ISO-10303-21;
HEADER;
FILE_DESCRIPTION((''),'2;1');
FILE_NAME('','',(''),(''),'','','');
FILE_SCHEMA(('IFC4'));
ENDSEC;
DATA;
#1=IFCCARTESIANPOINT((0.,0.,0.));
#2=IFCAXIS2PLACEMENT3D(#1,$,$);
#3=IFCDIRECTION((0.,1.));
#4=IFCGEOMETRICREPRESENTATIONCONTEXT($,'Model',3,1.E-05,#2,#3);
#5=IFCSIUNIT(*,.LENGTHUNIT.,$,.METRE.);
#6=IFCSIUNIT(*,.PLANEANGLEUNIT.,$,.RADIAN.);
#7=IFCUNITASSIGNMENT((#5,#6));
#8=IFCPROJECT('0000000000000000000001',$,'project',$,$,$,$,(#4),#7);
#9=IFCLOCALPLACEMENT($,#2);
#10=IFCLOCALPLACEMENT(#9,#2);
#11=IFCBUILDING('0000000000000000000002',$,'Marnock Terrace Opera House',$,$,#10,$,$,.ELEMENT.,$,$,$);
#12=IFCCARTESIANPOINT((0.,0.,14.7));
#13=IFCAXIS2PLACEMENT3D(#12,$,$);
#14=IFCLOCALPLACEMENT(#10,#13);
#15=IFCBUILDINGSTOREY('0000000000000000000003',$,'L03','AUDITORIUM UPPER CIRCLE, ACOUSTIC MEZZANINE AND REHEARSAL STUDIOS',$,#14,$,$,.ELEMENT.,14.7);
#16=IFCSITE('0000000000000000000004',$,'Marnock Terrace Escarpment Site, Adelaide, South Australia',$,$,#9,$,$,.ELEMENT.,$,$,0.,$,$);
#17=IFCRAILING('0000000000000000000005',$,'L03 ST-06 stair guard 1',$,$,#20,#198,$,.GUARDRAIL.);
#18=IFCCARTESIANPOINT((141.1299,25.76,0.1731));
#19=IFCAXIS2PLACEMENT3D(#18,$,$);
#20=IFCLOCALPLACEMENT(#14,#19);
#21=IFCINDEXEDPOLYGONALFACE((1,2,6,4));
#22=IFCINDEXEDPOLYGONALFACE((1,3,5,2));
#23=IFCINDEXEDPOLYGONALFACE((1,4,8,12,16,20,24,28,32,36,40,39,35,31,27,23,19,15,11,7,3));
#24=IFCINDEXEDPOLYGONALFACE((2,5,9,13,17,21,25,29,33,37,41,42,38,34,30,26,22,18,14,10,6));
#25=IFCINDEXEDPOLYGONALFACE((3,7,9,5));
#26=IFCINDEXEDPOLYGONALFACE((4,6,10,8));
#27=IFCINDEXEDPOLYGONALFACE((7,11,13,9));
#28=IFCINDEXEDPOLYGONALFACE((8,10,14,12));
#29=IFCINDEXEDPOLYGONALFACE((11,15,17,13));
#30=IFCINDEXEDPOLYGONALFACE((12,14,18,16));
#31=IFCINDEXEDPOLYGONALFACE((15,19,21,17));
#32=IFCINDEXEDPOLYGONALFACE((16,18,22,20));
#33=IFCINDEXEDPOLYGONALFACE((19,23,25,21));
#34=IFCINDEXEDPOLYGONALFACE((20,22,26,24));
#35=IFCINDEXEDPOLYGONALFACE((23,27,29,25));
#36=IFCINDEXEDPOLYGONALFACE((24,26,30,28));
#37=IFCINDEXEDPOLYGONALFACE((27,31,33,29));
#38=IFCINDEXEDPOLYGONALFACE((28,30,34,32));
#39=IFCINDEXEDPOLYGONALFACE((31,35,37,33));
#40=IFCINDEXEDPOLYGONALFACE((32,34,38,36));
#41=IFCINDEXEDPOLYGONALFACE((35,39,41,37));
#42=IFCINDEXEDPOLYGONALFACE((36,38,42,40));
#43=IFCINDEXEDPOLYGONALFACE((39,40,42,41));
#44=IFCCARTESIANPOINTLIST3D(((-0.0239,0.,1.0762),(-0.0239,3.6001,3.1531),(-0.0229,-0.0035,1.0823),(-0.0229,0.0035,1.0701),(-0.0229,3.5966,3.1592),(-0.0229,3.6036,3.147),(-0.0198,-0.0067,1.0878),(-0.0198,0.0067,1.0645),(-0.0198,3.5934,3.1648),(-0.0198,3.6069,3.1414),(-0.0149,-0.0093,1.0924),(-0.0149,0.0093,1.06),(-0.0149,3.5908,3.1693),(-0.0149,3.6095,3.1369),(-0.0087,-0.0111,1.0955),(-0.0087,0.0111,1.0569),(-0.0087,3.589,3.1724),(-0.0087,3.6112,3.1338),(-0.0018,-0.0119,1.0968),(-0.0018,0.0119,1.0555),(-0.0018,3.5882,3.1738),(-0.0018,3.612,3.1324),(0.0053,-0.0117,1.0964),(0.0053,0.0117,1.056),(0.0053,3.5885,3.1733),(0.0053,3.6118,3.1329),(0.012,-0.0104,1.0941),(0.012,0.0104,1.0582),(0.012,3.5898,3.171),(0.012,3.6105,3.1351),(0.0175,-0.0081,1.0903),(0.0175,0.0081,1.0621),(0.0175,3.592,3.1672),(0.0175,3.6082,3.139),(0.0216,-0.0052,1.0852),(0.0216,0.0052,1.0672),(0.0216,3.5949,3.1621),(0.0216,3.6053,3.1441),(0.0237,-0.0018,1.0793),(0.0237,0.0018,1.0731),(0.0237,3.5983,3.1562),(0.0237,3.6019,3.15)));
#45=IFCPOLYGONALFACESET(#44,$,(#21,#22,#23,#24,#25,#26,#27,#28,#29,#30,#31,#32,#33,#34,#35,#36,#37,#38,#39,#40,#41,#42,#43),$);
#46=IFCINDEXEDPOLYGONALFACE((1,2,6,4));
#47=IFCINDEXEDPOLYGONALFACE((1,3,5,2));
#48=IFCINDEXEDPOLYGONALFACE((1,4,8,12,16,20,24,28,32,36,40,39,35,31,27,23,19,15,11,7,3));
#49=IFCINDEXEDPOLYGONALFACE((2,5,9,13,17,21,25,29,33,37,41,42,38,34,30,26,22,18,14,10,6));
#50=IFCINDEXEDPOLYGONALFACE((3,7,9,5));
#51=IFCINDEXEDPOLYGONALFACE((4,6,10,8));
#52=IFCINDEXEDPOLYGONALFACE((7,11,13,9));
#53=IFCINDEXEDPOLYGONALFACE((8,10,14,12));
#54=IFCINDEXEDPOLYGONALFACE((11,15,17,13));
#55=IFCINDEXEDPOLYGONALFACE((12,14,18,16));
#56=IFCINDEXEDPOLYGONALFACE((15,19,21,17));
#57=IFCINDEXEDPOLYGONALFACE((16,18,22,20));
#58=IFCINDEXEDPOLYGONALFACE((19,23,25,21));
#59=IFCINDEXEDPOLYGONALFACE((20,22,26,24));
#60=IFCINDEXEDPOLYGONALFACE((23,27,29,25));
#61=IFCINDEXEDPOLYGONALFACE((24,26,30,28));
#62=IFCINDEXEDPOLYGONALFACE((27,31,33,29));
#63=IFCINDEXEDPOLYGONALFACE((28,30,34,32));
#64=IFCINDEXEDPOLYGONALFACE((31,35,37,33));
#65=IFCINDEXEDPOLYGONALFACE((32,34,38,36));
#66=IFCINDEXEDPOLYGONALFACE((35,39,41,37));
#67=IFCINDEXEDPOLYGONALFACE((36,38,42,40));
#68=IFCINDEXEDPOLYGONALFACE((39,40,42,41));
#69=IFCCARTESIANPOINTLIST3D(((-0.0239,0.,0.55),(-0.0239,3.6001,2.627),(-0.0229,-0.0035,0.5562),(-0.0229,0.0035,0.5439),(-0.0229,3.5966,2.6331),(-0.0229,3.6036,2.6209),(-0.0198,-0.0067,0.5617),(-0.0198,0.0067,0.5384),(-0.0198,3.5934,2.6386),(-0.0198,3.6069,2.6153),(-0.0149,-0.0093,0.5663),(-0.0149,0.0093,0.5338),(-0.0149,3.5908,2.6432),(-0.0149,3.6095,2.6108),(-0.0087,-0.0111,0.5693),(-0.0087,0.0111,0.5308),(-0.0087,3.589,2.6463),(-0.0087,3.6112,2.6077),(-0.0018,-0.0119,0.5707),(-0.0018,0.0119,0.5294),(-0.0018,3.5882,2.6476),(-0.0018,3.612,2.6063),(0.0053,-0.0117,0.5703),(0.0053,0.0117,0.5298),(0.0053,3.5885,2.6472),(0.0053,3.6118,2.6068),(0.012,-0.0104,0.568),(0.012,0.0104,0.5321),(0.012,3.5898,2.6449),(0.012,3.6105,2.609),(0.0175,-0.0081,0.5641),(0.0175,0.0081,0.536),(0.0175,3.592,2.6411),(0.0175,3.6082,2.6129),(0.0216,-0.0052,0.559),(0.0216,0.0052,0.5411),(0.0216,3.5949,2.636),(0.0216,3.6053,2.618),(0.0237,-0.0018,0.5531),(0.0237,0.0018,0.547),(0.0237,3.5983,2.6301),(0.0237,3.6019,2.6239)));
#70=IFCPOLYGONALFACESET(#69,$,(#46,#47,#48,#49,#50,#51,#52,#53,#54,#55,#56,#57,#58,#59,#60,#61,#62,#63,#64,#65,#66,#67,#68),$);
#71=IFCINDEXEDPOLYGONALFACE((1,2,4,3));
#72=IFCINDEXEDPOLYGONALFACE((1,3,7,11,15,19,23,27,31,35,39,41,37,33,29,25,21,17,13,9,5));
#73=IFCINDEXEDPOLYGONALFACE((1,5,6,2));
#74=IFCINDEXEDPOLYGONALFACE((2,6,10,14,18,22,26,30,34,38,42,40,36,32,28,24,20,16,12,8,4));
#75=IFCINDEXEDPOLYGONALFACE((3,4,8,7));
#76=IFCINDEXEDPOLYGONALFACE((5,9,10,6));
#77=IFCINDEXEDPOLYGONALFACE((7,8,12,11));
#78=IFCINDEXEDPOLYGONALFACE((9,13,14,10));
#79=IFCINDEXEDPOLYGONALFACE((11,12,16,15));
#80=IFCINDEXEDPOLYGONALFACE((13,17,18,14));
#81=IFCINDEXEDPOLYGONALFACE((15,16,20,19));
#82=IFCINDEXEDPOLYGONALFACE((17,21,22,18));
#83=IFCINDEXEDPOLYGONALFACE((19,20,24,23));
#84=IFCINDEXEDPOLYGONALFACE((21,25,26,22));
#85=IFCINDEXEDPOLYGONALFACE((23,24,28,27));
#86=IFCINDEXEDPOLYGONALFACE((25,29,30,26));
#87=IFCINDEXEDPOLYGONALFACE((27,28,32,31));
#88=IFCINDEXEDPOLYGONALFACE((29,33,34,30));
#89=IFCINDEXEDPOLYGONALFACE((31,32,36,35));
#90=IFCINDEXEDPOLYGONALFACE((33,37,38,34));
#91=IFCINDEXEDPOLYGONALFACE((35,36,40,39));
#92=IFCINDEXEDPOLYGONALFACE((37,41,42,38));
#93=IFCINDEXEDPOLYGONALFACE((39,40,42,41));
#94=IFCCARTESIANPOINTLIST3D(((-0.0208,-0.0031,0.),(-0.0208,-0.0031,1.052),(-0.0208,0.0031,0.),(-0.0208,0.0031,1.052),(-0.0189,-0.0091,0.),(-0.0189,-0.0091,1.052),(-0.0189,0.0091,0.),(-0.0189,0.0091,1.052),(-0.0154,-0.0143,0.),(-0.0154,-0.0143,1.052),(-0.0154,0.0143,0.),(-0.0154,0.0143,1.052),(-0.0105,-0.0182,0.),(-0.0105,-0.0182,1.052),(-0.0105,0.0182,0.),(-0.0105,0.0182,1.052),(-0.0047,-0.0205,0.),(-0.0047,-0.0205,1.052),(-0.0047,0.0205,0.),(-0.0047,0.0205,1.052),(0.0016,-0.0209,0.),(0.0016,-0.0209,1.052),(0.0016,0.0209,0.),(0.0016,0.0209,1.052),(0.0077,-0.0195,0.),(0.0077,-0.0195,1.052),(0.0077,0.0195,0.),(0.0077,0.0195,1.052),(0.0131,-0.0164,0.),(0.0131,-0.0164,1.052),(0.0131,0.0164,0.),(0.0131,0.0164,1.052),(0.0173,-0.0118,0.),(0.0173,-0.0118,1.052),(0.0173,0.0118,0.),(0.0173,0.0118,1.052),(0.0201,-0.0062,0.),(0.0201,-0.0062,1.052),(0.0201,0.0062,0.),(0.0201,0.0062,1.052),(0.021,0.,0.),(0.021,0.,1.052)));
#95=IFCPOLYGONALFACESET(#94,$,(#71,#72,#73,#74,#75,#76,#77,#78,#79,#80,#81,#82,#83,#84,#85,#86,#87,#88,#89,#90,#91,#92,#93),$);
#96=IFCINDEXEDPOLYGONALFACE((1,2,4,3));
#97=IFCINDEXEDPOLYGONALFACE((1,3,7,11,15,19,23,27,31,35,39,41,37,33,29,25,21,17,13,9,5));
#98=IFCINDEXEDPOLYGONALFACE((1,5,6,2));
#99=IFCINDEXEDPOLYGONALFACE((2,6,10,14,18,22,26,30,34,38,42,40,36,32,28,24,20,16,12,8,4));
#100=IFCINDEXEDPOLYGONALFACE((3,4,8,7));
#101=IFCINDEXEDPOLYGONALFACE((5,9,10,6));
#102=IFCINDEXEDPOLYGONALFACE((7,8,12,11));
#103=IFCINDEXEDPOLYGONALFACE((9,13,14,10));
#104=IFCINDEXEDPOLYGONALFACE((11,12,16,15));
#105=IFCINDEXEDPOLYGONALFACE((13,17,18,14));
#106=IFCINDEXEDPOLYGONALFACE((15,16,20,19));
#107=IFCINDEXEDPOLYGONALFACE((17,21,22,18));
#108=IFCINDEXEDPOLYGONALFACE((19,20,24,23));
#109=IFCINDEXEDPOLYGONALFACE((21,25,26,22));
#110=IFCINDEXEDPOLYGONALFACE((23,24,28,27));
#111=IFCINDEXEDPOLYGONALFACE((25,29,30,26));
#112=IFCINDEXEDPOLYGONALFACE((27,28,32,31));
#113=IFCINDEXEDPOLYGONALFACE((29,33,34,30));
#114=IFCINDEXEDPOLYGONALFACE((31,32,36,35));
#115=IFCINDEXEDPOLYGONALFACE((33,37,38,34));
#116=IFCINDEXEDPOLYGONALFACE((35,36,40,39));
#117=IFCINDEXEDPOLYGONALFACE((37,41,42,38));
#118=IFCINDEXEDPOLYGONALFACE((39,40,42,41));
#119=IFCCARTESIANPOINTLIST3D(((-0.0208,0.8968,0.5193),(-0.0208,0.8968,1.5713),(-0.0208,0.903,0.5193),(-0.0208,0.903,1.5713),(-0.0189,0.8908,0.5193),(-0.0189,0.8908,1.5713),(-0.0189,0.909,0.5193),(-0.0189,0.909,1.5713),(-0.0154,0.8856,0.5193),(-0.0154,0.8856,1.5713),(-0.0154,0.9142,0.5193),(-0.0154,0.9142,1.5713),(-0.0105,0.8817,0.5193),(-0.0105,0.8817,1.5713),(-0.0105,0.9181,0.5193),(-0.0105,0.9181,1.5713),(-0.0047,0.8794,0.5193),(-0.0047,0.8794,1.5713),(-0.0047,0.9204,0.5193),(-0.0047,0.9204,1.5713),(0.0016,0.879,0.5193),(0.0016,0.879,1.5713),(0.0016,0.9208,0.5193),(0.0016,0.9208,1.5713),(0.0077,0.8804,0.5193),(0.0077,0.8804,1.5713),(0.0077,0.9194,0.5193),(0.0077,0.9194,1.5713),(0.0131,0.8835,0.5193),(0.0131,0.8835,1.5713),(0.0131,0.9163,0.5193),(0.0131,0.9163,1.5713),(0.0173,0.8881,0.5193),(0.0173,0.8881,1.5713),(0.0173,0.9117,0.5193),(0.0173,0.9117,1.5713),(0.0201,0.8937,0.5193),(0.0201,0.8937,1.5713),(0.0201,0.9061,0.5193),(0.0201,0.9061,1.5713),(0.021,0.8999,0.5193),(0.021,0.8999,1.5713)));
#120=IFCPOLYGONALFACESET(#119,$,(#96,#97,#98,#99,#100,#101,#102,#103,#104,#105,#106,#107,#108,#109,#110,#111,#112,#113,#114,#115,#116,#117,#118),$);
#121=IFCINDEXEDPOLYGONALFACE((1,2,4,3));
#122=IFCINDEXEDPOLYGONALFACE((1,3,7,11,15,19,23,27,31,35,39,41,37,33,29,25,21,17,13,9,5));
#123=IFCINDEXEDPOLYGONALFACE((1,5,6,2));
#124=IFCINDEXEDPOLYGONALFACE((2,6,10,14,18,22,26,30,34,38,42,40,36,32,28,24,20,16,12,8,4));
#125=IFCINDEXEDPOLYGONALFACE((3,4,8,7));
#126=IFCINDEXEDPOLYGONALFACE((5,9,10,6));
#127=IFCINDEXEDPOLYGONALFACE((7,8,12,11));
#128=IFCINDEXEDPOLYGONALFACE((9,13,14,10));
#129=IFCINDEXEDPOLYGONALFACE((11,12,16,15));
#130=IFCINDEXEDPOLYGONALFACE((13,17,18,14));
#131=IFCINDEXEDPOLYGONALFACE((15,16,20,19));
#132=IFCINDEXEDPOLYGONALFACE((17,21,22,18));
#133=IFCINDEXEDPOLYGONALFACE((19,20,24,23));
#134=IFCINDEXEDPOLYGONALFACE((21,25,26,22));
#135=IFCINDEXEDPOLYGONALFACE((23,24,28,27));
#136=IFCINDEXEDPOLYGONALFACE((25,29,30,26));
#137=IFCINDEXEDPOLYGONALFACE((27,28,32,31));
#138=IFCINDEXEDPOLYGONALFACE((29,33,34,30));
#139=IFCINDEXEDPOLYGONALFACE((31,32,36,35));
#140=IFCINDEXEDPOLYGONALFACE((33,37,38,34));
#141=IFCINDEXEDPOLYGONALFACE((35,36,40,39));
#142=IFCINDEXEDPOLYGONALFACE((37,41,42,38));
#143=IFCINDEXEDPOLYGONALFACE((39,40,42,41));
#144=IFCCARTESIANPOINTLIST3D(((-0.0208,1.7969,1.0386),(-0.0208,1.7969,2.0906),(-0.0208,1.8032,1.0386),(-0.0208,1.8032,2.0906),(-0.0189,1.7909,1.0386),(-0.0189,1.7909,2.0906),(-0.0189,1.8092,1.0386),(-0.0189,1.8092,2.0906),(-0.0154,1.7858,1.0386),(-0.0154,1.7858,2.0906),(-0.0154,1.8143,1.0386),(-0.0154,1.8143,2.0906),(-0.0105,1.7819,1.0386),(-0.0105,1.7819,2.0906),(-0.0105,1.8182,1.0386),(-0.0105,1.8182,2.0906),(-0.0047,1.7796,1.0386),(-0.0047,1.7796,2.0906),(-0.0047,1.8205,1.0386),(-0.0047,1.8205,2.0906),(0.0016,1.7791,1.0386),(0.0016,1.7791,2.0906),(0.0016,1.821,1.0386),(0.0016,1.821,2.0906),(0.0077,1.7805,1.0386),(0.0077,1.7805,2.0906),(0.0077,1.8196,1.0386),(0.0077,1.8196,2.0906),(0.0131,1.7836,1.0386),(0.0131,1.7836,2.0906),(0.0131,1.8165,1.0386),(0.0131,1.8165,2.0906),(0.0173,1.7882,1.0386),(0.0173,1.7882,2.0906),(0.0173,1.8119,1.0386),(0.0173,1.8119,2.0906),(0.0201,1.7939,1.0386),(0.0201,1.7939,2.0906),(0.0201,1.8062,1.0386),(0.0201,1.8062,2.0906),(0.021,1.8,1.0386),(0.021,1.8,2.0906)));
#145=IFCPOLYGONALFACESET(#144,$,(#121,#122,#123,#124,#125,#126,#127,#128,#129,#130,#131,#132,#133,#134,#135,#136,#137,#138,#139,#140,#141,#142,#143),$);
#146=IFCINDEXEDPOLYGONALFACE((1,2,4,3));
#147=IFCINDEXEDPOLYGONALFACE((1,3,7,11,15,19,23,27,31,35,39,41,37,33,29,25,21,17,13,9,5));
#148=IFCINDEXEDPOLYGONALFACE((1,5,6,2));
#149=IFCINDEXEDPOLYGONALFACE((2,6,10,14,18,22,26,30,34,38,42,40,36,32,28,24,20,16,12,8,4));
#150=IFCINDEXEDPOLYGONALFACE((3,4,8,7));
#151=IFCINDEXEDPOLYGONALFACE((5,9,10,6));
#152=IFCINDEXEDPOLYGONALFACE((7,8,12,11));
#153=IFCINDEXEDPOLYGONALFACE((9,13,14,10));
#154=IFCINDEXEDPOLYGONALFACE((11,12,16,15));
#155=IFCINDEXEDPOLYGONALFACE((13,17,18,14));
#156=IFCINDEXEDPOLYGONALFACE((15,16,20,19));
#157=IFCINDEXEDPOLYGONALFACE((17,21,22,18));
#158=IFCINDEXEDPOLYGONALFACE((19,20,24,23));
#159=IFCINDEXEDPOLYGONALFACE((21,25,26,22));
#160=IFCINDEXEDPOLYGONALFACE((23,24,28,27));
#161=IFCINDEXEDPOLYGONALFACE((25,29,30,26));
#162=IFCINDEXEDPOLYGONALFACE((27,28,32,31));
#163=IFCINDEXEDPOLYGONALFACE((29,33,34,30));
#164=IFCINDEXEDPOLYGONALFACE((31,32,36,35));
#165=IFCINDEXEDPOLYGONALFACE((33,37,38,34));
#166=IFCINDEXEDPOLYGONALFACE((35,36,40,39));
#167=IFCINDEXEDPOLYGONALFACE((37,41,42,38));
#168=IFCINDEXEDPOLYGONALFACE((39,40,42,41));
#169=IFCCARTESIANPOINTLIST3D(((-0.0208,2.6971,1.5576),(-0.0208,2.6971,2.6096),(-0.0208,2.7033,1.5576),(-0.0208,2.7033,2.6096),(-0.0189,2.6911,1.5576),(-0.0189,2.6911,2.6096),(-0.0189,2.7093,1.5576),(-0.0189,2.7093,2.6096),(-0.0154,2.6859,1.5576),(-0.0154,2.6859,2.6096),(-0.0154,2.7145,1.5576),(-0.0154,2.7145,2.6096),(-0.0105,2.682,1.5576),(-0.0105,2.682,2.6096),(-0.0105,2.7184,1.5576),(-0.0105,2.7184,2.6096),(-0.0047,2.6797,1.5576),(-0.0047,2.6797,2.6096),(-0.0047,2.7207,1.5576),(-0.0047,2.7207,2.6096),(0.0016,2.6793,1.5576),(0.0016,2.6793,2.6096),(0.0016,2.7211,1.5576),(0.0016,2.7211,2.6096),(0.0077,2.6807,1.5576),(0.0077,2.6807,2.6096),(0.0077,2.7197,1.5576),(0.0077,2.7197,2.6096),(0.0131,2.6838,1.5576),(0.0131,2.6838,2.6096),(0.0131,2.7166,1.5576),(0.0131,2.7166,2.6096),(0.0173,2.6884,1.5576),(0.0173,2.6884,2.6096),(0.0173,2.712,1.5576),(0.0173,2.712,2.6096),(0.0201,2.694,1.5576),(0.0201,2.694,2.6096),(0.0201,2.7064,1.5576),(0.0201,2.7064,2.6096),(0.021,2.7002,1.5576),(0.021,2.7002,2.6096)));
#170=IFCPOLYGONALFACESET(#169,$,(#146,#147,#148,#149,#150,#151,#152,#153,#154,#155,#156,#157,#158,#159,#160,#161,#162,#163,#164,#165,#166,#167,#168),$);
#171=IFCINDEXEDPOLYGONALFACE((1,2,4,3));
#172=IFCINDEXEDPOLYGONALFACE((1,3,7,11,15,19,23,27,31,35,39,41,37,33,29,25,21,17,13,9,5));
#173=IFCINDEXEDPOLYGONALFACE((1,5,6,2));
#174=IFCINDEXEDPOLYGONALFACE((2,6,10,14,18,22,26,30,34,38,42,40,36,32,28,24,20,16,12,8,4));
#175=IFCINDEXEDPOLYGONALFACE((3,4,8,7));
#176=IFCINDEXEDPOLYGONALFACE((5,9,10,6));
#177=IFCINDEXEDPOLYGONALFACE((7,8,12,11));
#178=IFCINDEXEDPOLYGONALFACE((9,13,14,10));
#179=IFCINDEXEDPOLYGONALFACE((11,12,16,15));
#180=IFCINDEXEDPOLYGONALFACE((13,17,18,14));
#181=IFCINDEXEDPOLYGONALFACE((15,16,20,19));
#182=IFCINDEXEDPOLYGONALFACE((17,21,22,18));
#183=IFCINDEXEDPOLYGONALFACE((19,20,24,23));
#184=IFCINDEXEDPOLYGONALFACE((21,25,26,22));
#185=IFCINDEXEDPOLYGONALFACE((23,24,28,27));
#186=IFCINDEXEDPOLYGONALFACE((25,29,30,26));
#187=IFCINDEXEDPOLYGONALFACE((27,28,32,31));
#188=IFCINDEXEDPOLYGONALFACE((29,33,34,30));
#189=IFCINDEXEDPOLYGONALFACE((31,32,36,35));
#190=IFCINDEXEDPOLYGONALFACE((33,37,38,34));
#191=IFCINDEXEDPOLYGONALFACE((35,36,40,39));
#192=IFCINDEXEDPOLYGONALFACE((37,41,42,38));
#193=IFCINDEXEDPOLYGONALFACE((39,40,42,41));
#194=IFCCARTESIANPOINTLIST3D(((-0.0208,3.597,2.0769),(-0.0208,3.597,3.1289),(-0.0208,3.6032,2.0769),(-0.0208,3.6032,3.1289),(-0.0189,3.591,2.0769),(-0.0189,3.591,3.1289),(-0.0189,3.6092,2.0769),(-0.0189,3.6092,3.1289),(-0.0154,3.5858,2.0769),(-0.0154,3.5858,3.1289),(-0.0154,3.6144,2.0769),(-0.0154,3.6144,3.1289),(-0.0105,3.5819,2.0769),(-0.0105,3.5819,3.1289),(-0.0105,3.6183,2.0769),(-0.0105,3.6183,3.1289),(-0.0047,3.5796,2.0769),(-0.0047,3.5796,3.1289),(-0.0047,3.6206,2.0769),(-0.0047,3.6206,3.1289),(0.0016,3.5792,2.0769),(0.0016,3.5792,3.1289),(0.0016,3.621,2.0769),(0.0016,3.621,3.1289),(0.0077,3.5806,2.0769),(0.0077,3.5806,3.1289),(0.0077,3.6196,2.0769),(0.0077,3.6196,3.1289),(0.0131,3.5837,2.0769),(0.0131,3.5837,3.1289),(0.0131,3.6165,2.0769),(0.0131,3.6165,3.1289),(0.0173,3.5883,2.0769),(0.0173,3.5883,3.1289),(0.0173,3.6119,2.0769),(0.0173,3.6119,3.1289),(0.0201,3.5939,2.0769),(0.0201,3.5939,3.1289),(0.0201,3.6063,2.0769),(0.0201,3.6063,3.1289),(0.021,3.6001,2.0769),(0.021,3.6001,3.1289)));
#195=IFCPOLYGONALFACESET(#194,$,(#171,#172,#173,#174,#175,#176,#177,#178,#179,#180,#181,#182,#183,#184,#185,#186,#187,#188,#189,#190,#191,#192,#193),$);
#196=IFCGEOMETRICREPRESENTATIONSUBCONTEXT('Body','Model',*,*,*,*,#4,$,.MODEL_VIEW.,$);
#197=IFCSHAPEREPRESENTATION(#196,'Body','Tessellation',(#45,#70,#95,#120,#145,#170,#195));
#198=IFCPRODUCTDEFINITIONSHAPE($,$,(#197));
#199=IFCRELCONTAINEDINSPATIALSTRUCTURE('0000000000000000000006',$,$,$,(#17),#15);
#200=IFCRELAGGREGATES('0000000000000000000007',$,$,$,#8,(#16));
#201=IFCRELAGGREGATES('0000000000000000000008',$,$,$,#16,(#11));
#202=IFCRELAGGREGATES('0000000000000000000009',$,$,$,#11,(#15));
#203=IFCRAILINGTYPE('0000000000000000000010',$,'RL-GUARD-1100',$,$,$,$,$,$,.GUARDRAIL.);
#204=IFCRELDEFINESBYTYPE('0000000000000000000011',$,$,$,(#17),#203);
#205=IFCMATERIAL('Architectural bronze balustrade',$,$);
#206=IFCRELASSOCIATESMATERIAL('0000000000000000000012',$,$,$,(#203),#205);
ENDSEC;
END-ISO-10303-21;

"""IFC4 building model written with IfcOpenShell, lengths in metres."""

from ifc_helpers import new_model, si_unit, direction, frame, origin, origin_2d, place, context, subcontext, project, spatial, circle, extrude, material, type_object, element, save


model = new_model("IFC4")

# Units and contexts
model_context = context("Model", 3, precision=1e-05, world=origin(), true_north=direction((0.0, 1.0)))
body_context = subcontext(model_context, "Body", "Model", "MODEL_VIEW")
ifc_project = project(units=[si_unit("LENGTHUNIT", "METRE"), si_unit("PLANEANGLEUNIT", "RADIAN")], contexts=[model_context])

# Site, building, storey
site_placement = place(None, origin())
site = spatial("IfcSite", under=ifc_project, at=site_placement, Name="Marnock Terrace Escarpment Site, Adelaide, South Australia", CompositionType="ELEMENT", RefElevation=0.0)
building_placement = place(site_placement, origin())
building = spatial("IfcBuilding", under=site, at=building_placement, Name="Marnock Terrace Opera House", CompositionType="ELEMENT")
storey_placement = place(building_placement, frame((0.0, 0.0, 14.7)))
storey = spatial("IfcBuildingStorey", under=building, at=storey_placement, Name="L03", Description="AUDITORIUM UPPER CIRCLE, ACOUSTIC MEZZANINE AND REHEARSAL STUDIOS", CompositionType="ELEMENT", Elevation=14.7)

# Railing
ifc_material_1 = material(Name="Architectural bronze balustrade")
railing_type_1 = type_object("IfcRailingType", Name="RL-GUARD-1100", PredefinedType="GUARDRAIL", material=ifc_material_1)
railing_1_placement = place(storey_placement, frame((141.1299, 25.76, 0.1731)))
element("IfcRailing", 1, at=railing_1_placement, inside=storey, type_object=railing_type_1, Name="L03 ST-06 stair guard 1", PredefinedType="GUARDRAIL", context=body_context, shape_type="SweptSolid", body=[
    extrude(circle(Radius=0.0239, at=origin_2d()), frame((0.0, 0.0, 1.0762), z_axis=(0.0, 0.866193, 0.499709), x_axis=(-1.0, 0.0, 0.0)), (0.0, 0.0, 1.0), 4.1562),
    extrude(circle(Radius=0.0239, at=origin_2d()), frame((0.0, 0.0, 0.55), z_axis=(0.0, 0.866193, 0.499709), x_axis=(-1.0, 0.0, 0.0)), (0.0, 0.0, 1.0), 4.1562),
    extrude(circle(Radius=0.021, at=origin_2d()), origin(), (0.0, 0.0, 1.0), 1.052),
    extrude(circle(Radius=0.021, at=origin_2d()), frame((0.0, 0.8999, 0.5193)), (0.0, 0.0, 1.0), 1.052),
    extrude(circle(Radius=0.021, at=origin_2d()), frame((0.0, 1.8, 1.0386)), (0.0, 0.0, 1.0), 1.052),
    extrude(circle(Radius=0.021, at=origin_2d()), frame((0.0, 2.7002, 1.5576)), (0.0, 0.0, 1.0), 1.052),
    extrude(circle(Radius=0.021, at=origin_2d()), frame((0.0, 3.6001, 2.0769)), (0.0, 0.0, 1.0), 1.052),
])

save(model, "model.ifc")
